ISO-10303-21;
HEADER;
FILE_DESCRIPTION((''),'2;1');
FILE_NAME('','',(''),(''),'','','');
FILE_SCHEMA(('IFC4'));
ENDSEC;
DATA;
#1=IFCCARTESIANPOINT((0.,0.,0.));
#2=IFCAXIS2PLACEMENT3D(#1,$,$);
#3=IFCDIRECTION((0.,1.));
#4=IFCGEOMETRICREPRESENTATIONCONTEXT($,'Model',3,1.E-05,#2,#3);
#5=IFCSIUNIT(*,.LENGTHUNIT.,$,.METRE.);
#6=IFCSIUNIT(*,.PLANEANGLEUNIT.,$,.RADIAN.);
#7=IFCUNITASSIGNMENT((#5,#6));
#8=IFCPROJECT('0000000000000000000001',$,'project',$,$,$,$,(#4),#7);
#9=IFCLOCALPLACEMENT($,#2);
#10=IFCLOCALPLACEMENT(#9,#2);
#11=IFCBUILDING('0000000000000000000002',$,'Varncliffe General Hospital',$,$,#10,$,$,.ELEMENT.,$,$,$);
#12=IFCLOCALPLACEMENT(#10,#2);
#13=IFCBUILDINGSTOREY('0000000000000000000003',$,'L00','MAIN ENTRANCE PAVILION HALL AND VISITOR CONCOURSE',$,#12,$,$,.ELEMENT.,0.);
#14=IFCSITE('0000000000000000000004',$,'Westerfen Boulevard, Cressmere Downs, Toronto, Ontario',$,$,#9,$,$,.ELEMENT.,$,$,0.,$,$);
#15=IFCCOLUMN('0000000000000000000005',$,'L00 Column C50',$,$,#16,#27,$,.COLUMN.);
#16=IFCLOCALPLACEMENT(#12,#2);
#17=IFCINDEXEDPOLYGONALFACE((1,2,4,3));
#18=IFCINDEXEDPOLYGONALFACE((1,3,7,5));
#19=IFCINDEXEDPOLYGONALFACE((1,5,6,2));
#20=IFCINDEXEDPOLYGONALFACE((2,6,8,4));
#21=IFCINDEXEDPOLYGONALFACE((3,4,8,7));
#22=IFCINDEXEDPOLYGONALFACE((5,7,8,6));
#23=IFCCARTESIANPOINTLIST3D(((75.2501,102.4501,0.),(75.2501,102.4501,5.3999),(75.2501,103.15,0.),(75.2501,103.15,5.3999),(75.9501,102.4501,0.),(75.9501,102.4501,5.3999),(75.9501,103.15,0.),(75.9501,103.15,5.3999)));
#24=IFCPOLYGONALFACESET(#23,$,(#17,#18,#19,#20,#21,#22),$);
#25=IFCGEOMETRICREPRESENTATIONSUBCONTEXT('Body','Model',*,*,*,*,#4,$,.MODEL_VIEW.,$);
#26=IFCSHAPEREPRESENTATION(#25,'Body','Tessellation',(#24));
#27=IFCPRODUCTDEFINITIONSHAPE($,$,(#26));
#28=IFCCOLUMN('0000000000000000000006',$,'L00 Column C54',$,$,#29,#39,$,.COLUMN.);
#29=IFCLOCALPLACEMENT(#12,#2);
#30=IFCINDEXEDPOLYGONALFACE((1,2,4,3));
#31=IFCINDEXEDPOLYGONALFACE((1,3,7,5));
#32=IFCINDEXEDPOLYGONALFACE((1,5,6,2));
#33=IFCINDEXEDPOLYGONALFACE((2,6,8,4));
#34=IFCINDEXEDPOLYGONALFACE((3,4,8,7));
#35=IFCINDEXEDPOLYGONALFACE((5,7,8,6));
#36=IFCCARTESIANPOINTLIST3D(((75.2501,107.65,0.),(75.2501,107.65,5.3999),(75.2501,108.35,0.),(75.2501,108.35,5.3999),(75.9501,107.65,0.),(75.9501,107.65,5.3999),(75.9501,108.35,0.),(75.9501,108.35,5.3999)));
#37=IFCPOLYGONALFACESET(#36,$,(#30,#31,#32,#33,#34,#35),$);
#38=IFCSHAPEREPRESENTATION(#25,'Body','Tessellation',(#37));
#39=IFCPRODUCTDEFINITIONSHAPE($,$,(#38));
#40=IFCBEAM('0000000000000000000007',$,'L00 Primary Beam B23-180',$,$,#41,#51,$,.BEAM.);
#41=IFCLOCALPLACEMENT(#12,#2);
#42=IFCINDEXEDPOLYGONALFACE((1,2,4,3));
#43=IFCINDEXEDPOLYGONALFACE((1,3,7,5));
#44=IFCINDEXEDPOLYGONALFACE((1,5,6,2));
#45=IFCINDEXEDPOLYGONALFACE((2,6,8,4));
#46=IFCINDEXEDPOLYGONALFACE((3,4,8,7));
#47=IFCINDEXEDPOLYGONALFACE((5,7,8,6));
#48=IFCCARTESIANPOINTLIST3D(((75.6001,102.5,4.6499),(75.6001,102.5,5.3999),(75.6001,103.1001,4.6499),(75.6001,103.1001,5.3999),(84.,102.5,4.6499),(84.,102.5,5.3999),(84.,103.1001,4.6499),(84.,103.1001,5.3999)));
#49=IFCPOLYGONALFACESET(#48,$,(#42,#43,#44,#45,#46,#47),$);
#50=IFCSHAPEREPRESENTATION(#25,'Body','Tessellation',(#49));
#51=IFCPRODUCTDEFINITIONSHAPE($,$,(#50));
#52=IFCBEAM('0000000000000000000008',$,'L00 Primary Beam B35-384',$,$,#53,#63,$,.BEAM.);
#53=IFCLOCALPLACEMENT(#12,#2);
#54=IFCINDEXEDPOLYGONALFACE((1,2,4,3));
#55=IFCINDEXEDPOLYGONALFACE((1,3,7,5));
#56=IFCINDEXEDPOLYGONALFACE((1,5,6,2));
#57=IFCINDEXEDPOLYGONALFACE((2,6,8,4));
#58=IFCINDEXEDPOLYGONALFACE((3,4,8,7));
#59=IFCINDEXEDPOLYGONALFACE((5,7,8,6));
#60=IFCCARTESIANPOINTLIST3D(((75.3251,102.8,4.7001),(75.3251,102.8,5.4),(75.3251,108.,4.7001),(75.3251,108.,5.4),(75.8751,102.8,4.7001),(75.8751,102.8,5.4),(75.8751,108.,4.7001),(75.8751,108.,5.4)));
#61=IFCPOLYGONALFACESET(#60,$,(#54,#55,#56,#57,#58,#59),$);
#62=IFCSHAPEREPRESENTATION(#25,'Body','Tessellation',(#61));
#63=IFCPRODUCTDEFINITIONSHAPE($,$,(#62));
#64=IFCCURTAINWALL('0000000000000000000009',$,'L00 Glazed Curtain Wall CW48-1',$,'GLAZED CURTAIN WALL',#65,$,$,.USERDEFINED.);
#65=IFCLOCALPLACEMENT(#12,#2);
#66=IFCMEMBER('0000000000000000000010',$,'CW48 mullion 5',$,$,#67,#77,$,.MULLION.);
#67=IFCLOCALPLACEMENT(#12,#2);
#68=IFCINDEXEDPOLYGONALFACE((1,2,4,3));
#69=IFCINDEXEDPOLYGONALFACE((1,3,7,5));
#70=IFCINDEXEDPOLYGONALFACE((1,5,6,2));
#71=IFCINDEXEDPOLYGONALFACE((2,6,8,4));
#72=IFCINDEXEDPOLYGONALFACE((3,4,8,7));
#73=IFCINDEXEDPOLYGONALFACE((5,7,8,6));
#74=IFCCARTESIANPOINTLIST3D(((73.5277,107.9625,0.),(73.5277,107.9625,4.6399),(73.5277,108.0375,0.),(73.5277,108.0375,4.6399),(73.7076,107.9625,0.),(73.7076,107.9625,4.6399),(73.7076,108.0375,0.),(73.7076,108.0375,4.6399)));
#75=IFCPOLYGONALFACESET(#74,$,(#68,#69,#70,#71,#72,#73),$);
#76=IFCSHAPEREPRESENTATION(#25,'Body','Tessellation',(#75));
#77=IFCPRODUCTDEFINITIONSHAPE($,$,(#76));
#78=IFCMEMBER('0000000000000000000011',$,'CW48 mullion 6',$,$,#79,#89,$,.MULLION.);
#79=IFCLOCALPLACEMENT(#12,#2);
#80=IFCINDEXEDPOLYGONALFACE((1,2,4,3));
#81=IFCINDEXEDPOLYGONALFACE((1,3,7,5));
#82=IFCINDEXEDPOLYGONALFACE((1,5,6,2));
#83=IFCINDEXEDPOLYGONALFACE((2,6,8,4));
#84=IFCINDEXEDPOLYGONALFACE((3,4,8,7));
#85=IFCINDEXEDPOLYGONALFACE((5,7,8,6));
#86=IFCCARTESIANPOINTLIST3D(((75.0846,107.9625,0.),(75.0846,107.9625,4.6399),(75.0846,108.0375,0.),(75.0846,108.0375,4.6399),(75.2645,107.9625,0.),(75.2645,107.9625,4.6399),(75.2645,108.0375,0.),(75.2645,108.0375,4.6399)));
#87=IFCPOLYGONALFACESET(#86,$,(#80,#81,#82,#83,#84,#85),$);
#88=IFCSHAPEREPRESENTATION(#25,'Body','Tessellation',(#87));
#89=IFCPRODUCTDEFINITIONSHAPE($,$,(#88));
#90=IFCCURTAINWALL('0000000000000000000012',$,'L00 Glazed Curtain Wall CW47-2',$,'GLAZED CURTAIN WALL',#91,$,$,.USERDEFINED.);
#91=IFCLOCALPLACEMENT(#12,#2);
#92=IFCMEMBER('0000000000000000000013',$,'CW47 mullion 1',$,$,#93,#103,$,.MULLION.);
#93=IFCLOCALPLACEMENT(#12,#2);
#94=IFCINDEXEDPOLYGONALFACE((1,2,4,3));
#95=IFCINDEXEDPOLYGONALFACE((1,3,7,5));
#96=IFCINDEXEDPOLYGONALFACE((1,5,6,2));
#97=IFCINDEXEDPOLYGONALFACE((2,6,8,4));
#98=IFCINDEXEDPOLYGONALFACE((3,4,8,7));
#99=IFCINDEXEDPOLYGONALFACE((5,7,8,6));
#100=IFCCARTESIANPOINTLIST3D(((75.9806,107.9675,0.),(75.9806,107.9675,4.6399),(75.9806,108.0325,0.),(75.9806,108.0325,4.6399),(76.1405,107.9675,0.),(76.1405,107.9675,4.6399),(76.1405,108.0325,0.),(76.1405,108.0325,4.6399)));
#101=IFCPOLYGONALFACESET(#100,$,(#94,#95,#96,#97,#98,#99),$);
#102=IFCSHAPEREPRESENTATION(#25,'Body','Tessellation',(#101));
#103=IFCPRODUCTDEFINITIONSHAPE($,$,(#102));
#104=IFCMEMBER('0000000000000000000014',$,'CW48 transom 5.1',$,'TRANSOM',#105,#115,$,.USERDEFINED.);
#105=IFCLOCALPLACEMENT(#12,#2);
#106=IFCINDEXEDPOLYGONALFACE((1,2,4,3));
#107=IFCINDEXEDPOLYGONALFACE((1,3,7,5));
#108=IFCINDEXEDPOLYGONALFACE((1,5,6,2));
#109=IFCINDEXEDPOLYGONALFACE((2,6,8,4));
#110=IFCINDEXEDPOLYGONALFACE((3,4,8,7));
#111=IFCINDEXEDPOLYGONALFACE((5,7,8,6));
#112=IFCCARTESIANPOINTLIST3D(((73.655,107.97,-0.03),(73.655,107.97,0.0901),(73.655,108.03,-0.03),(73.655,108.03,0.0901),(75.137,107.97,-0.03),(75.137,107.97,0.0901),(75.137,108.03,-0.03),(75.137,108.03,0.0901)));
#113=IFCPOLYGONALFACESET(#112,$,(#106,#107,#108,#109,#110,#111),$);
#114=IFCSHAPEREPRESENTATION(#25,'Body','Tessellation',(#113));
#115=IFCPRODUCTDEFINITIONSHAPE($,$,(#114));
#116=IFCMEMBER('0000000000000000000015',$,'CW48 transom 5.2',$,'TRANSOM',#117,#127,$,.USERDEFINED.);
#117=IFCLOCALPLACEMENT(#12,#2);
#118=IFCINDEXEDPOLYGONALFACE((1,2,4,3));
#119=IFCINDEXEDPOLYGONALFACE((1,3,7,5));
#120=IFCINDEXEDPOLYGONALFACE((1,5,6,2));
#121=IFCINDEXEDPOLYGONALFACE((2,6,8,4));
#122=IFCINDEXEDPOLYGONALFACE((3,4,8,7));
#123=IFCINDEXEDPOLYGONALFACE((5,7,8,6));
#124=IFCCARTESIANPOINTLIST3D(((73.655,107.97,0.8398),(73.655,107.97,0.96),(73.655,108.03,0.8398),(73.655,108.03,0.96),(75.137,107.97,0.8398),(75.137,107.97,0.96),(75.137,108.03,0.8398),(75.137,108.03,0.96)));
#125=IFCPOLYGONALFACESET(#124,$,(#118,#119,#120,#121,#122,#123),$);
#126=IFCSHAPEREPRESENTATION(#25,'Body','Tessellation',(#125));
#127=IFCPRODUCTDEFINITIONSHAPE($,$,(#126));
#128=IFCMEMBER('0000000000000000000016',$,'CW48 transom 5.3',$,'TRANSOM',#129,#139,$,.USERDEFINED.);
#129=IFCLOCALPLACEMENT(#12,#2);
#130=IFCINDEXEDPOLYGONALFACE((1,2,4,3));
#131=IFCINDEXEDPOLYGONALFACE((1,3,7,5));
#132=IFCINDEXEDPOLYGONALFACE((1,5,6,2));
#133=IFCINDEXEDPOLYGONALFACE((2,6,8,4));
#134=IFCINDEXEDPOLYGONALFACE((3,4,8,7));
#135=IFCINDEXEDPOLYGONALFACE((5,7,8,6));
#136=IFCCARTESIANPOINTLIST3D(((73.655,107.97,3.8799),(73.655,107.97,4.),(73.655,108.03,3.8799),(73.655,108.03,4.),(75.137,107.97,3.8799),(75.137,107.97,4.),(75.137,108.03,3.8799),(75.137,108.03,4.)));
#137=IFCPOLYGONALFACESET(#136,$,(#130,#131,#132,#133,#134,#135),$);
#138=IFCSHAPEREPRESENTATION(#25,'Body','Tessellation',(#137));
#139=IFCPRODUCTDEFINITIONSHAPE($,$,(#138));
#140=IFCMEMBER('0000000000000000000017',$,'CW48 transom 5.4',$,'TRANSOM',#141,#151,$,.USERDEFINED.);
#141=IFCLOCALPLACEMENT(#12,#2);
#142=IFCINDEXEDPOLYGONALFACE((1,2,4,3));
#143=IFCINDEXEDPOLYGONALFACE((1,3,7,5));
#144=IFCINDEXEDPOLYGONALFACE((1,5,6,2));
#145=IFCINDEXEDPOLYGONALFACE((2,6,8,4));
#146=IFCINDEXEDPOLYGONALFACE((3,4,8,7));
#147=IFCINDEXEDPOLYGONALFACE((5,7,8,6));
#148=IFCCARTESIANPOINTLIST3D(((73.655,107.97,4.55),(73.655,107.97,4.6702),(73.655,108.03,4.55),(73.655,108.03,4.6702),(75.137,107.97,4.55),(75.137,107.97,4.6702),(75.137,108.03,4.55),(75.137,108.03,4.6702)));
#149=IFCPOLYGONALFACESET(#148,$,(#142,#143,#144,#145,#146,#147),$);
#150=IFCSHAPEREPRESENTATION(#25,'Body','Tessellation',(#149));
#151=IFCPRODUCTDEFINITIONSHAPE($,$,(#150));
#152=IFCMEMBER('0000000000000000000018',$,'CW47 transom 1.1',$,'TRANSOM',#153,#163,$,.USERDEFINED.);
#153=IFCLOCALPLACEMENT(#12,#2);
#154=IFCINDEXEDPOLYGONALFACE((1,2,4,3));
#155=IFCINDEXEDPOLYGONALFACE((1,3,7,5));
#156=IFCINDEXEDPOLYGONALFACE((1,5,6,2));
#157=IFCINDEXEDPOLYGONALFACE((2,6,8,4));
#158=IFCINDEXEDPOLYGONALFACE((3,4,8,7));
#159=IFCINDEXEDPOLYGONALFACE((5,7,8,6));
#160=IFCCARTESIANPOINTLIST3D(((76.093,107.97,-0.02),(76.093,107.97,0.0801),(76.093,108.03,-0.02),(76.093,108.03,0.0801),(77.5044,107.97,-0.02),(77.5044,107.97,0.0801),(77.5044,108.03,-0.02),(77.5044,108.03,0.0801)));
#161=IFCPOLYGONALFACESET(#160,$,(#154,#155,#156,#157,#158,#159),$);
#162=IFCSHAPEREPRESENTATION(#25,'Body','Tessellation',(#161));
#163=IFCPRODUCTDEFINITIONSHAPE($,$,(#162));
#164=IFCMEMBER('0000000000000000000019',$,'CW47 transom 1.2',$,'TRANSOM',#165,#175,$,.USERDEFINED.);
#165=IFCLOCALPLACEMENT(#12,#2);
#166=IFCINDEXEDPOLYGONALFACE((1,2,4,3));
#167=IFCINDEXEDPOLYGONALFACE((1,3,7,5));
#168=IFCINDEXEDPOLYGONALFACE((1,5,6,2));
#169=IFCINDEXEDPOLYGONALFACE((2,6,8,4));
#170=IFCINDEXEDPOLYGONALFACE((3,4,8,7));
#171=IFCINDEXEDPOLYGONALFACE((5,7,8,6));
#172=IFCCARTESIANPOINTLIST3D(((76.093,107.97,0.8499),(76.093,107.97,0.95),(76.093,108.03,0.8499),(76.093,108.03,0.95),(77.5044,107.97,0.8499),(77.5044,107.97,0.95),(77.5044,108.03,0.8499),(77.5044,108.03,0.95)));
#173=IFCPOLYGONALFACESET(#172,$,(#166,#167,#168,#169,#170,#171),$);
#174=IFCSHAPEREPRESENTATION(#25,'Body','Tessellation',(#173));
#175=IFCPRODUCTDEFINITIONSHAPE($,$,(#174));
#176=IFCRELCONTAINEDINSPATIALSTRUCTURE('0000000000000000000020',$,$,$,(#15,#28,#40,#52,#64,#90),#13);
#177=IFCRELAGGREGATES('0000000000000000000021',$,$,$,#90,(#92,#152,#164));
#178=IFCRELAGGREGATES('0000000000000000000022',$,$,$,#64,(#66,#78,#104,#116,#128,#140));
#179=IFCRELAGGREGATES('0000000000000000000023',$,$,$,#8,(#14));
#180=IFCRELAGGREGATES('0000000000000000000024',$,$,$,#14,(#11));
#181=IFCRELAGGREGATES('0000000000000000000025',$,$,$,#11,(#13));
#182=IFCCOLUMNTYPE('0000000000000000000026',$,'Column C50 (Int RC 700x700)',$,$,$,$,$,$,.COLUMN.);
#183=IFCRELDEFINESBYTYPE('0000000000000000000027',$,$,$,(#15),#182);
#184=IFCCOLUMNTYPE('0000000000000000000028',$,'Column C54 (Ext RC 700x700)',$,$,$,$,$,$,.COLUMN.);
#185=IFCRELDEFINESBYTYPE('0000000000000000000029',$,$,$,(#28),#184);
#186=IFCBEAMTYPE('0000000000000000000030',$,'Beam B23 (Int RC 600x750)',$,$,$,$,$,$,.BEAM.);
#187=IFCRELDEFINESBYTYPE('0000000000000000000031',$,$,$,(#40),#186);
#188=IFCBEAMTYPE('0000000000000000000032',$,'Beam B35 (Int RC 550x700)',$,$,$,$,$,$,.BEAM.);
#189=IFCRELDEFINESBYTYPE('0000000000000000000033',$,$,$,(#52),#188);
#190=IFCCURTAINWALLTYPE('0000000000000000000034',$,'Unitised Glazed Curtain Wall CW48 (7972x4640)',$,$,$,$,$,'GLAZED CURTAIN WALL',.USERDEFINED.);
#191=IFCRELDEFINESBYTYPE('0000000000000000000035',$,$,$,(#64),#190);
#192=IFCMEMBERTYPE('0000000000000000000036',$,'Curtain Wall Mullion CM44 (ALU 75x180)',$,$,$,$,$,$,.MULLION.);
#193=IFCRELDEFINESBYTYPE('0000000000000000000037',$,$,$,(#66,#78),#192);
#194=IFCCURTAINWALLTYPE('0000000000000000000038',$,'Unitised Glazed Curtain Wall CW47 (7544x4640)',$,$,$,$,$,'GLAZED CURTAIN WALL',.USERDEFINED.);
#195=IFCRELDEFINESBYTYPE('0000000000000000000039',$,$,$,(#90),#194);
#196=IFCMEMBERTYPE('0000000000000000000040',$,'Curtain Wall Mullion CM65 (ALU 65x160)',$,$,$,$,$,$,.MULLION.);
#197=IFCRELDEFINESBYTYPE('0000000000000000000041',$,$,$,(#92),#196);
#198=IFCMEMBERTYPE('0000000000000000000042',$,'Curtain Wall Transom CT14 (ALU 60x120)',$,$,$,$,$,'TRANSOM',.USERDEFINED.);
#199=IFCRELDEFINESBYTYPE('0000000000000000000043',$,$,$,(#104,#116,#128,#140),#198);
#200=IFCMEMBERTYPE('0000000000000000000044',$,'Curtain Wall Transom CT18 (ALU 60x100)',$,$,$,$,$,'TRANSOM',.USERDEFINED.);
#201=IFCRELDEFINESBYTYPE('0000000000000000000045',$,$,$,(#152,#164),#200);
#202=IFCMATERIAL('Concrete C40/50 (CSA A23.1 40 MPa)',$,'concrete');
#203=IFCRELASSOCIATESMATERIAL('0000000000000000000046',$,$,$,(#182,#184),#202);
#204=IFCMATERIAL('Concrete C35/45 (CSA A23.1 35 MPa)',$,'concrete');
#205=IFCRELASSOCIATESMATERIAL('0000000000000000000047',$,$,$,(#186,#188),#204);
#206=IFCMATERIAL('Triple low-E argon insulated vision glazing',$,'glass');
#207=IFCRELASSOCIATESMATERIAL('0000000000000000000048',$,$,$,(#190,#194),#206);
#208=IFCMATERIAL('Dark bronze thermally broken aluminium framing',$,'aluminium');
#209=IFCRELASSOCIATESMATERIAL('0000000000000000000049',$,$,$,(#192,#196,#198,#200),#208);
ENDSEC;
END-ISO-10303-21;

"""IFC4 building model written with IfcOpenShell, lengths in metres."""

from ifc_helpers import new_model, si_unit, direction, frame, origin, origin_2d, place, context, subcontext, project, spatial, rectangle, extrude, material, material_profile, profile_set, type_object, element, aggregate, save


model = new_model("IFC4")

# Units and contexts
model_context = context("Model", 3, precision=1e-05, world=origin(), true_north=direction((0.0, 1.0)))
body_context = subcontext(model_context, "Body", "Model", "MODEL_VIEW")
ifc_project = project(units=[si_unit("LENGTHUNIT", "METRE"), si_unit("PLANEANGLEUNIT", "RADIAN")], contexts=[model_context])

# Site, building, storey
site_placement = place(None, origin())
site = spatial("IfcSite", under=ifc_project, at=site_placement, Name="Westerfen Boulevard, Cressmere Downs, Toronto, Ontario", CompositionType="ELEMENT", RefElevation=0.0)
building_placement = place(site_placement, origin())
building = spatial("IfcBuilding", under=site, at=building_placement, Name="Varncliffe General Hospital", CompositionType="ELEMENT")
storey_placement = place(building_placement, origin())
storey = spatial("IfcBuildingStorey", under=building, at=storey_placement, Name="L00", Description="MAIN ENTRANCE PAVILION HALL AND VISITOR CONCOURSE", CompositionType="ELEMENT", Elevation=0.0)

# Columns
ifc_material_1 = material(Name="Concrete C40/50 (CSA A23.1 40 MPa)", Category="concrete")
ifc_material_profile_1 = material_profile(ifc_material_1, rectangle(XDim=0.7, YDim=0.7, at=origin_2d()), Name="RC 700x700")
ifc_profile_set_1 = profile_set([ifc_material_profile_1], Name="Concrete C40/50 (CSA A23.1 40 MPa)")
column_type_1 = type_object("IfcColumnType", Name="Column C50 (Int RC 700x700)", PredefinedType="COLUMN", material=ifc_profile_set_1)
column_1_placement = place(storey_placement, frame((75.6001, 102.8, 0.0), z_axis=(0.0, 0.0, 1.0), x_axis=(1.0, 0.0, 0.0)))
element("IfcColumn", 1, at=column_1_placement, inside=storey, type_object=column_type_1, Name="L00 Column C50", PredefinedType="COLUMN", context=body_context, shape_type="SweptSolid", body=[
    extrude(rectangle(XDim=0.7, YDim=0.7, at=origin_2d()), origin(), (0.0, 0.0, 1.0), 5.3999),
])
ifc_material_profile_2 = material_profile(ifc_material_1, rectangle(XDim=0.7, YDim=0.7, at=origin_2d()), Name="RC 700x700")
ifc_profile_set_2 = profile_set([ifc_material_profile_2], Name="Concrete C40/50 (CSA A23.1 40 MPa)")
column_type_2 = type_object("IfcColumnType", Name="Column C54 (Ext RC 700x700)", PredefinedType="COLUMN", material=ifc_profile_set_2)
column_2_placement = place(storey_placement, frame((75.6001, 108.0, 0.0), z_axis=(0.0, 0.0, 1.0), x_axis=(1.0, 0.0, 0.0)))
element("IfcColumn", 2, at=column_2_placement, inside=storey, type_object=column_type_2, Name="L00 Column C54", PredefinedType="COLUMN", context=body_context, shape_type="SweptSolid", body=[
    extrude(rectangle(XDim=0.7, YDim=0.7, at=origin_2d()), origin(), (0.0, 0.0, 1.0), 5.3999),
])

# Beams
ifc_material_2 = material(Name="Concrete C35/45 (CSA A23.1 35 MPa)", Category="concrete")
ifc_material_profile_3 = material_profile(ifc_material_2, rectangle(XDim=0.6001, YDim=0.75, at=origin_2d()), Name="RC 600x750")
ifc_profile_set_3 = profile_set([ifc_material_profile_3], Name="Concrete C35/45 (CSA A23.1 35 MPa)")
beam_type_1 = type_object("IfcBeamType", Name="Beam B23 (Int RC 600x750)", PredefinedType="BEAM", material=ifc_profile_set_3)
beam_1_placement = place(storey_placement, frame((75.6001, 102.8, 5.0249), z_axis=(1.0, 0.0, 0.0), x_axis=(0.0, 1.0, 0.0)))
element("IfcBeam", 3, at=beam_1_placement, inside=storey, type_object=beam_type_1, Name="L00 Primary Beam B23-180", PredefinedType="BEAM", context=body_context, shape_type="SweptSolid", body=[
    extrude(rectangle(XDim=0.6001, YDim=0.75, at=origin_2d()), origin(), (0.0, 0.0, 1.0), 8.3999),
])
ifc_material_profile_4 = material_profile(ifc_material_2, rectangle(XDim=0.55, YDim=0.7, at=origin_2d()), Name="RC 550x700")
ifc_profile_set_4 = profile_set([ifc_material_profile_4], Name="Concrete C35/45 (CSA A23.1 35 MPa)")
beam_type_2 = type_object("IfcBeamType", Name="Beam B35 (Int RC 550x700)", PredefinedType="BEAM", material=ifc_profile_set_4)
beam_2_placement = place(storey_placement, frame((75.6001, 102.8, 5.05), z_axis=(0.0, 1.0, 0.0), x_axis=(-1.0, 0.0, 0.0)))
element("IfcBeam", 4, at=beam_2_placement, inside=storey, type_object=beam_type_2, Name="L00 Primary Beam B35-384", PredefinedType="BEAM", context=body_context, shape_type="SweptSolid", body=[
    extrude(rectangle(XDim=0.55, YDim=0.7, at=origin_2d()), origin(), (0.0, 0.0, 1.0), 5.2),
])

# Curtain wall, members
ifc_material_3 = material(Name="Triple low-E argon insulated vision glazing", Category="glass")
curtain_wall_type_1 = type_object("IfcCurtainWallType", Name="Unitised Glazed Curtain Wall CW48 (7972x4640)", ElementType="GLAZED CURTAIN WALL", PredefinedType="USERDEFINED", material=ifc_material_3)
curtain_wall_1_placement = place(storey_placement, origin())
curtain_wall_1 = element("IfcCurtainWall", 5, at=curtain_wall_1_placement, inside=storey, type_object=curtain_wall_type_1, Name="L00 Glazed Curtain Wall CW48-1", ObjectType="GLAZED CURTAIN WALL", PredefinedType="USERDEFINED")
ifc_material_4 = material(Name="Dark bronze thermally broken aluminium framing", Category="aluminium")
ifc_material_profile_5 = material_profile(ifc_material_4, rectangle(XDim=0.075, YDim=0.1799, at=origin_2d()), Name="ALU 75x180")
ifc_profile_set_5 = profile_set([ifc_material_profile_5], Name="Dark bronze thermally broken aluminium framing")
member_type_1 = type_object("IfcMemberType", Name="Curtain Wall Mullion CM44 (ALU 75x180)", PredefinedType="MULLION", material=ifc_profile_set_5)
member_1_placement = place(storey_placement, frame((73.6177, 108.0, 0.0), z_axis=(0.0, 0.0, 1.0), x_axis=(0.0, 1.0, 0.0)))
member_1 = element("IfcMember", 6, at=member_1_placement, type_object=member_type_1, Name="CW48 mullion 5", PredefinedType="MULLION", context=body_context, shape_type="SweptSolid", body=[
    extrude(rectangle(XDim=0.075, YDim=0.1799, at=origin_2d()), origin(), (0.0, 0.0, 1.0), 4.6399),
])
member_2_placement = place(storey_placement, frame((75.1746, 108.0, 0.0), z_axis=(0.0, 0.0, 1.0), x_axis=(0.0, 1.0, 0.0)))
member_2 = element("IfcMember", 7, at=member_2_placement, type_object=member_type_1, Name="CW48 mullion 6", PredefinedType="MULLION", context=body_context, shape_type="SweptSolid", body=[
    extrude(rectangle(XDim=0.075, YDim=0.1799, at=origin_2d()), origin(), (0.0, 0.0, 1.0), 4.6399),
])

# Curtain wall, member
curtain_wall_type_2 = type_object("IfcCurtainWallType", Name="Unitised Glazed Curtain Wall CW47 (7544x4640)", ElementType="GLAZED CURTAIN WALL", PredefinedType="USERDEFINED", material=ifc_material_3)
curtain_wall_2_placement = place(storey_placement, origin())
curtain_wall_2 = element("IfcCurtainWall", 8, at=curtain_wall_2_placement, inside=storey, type_object=curtain_wall_type_2, Name="L00 Glazed Curtain Wall CW47-2", ObjectType="GLAZED CURTAIN WALL", PredefinedType="USERDEFINED")
ifc_material_profile_6 = material_profile(ifc_material_4, rectangle(XDim=0.0649, YDim=0.1599, at=origin_2d()), Name="ALU 65x160")
ifc_profile_set_6 = profile_set([ifc_material_profile_6], Name="Dark bronze thermally broken aluminium framing")
member_type_2 = type_object("IfcMemberType", Name="Curtain Wall Mullion CM65 (ALU 65x160)", PredefinedType="MULLION", material=ifc_profile_set_6)
member_3_placement = place(storey_placement, frame((76.0605, 108.0, 0.0), z_axis=(0.0, 0.0, 1.0), x_axis=(0.0, 1.0, 0.0)))
member_3 = element("IfcMember", 9, at=member_3_placement, type_object=member_type_2, Name="CW47 mullion 1", PredefinedType="MULLION", context=body_context, shape_type="SweptSolid", body=[
    extrude(rectangle(XDim=0.0649, YDim=0.1599, at=origin_2d()), origin(), (0.0, 0.0, 1.0), 4.6399),
])

# Members
ifc_material_profile_7 = material_profile(ifc_material_4, rectangle(XDim=0.0601, YDim=0.1201, at=origin_2d()), Name="ALU 60x120")
ifc_profile_set_7 = profile_set([ifc_material_profile_7], Name="Dark bronze thermally broken aluminium framing")
member_type_3 = type_object("IfcMemberType", Name="Curtain Wall Transom CT14 (ALU 60x120)", ElementType="TRANSOM", PredefinedType="USERDEFINED", material=ifc_profile_set_7)
member_4_placement = place(storey_placement, frame((73.655, 108.0, 0.03), z_axis=(1.0, 0.0, 0.0), x_axis=(0.0, 1.0, 0.0)))
member_4 = element("IfcMember", 10, at=member_4_placement, type_object=member_type_3, Name="CW48 transom 5.1", ObjectType="TRANSOM", PredefinedType="USERDEFINED", context=body_context, shape_type="SweptSolid", body=[
    extrude(rectangle(XDim=0.0601, YDim=0.1201, at=origin_2d()), origin(), (0.0, 0.0, 1.0), 1.4819),
])
member_5_placement = place(storey_placement, frame((73.655, 108.0, 0.8999), z_axis=(1.0, 0.0, 0.0), x_axis=(0.0, 1.0, 0.0)))
member_5 = element("IfcMember", 11, at=member_5_placement, type_object=member_type_3, Name="CW48 transom 5.2", ObjectType="TRANSOM", PredefinedType="USERDEFINED", context=body_context, shape_type="SweptSolid", body=[
    extrude(rectangle(XDim=0.0601, YDim=0.1201, at=origin_2d()), origin(), (0.0, 0.0, 1.0), 1.4819),
])
member_6_placement = place(storey_placement, frame((73.655, 108.0, 3.9399), z_axis=(1.0, 0.0, 0.0), x_axis=(0.0, 1.0, 0.0)))
member_6 = element("IfcMember", 12, at=member_6_placement, type_object=member_type_3, Name="CW48 transom 5.3", ObjectType="TRANSOM", PredefinedType="USERDEFINED", context=body_context, shape_type="SweptSolid", body=[
    extrude(rectangle(XDim=0.0601, YDim=0.1201, at=origin_2d()), origin(), (0.0, 0.0, 1.0), 1.4819),
])
member_7_placement = place(storey_placement, frame((73.655, 108.0, 4.6101), z_axis=(1.0, 0.0, 0.0), x_axis=(0.0, 1.0, 0.0)))
member_7 = element("IfcMember", 13, at=member_7_placement, type_object=member_type_3, Name="CW48 transom 5.4", ObjectType="TRANSOM", PredefinedType="USERDEFINED", context=body_context, shape_type="SweptSolid", body=[
    extrude(rectangle(XDim=0.0601, YDim=0.1201, at=origin_2d()), origin(), (0.0, 0.0, 1.0), 1.4819),
])
ifc_material_profile_8 = material_profile(ifc_material_4, rectangle(XDim=0.0601, YDim=0.1001, at=origin_2d()), Name="ALU 60x100")
ifc_profile_set_8 = profile_set([ifc_material_profile_8], Name="Dark bronze thermally broken aluminium framing")
member_type_4 = type_object("IfcMemberType", Name="Curtain Wall Transom CT18 (ALU 60x100)", ElementType="TRANSOM", PredefinedType="USERDEFINED", material=ifc_profile_set_8)
member_8_placement = place(storey_placement, frame((76.093, 108.0, 0.03), z_axis=(1.0, 0.0, 0.0), x_axis=(0.0, 1.0, 0.0)))
member_8 = element("IfcMember", 14, at=member_8_placement, type_object=member_type_4, Name="CW47 transom 1.1", ObjectType="TRANSOM", PredefinedType="USERDEFINED", context=body_context, shape_type="SweptSolid", body=[
    extrude(rectangle(XDim=0.0601, YDim=0.1001, at=origin_2d()), origin(), (0.0, 0.0, 1.0), 1.4114),
])
member_9_placement = place(storey_placement, frame((76.093, 108.0, 0.8999), z_axis=(1.0, 0.0, 0.0), x_axis=(0.0, 1.0, 0.0)))
member_9 = element("IfcMember", 15, at=member_9_placement, type_object=member_type_4, Name="CW47 transom 1.2", ObjectType="TRANSOM", PredefinedType="USERDEFINED", context=body_context, shape_type="SweptSolid", body=[
    extrude(rectangle(XDim=0.0601, YDim=0.1001, at=origin_2d()), origin(), (0.0, 0.0, 1.0), 1.4114),
])

aggregate(curtain_wall_2, [member_3, member_8, member_9])
aggregate(curtain_wall_1, [member_1, member_2, member_4, member_5, member_6, member_7])

save(model, "model.ifc")
